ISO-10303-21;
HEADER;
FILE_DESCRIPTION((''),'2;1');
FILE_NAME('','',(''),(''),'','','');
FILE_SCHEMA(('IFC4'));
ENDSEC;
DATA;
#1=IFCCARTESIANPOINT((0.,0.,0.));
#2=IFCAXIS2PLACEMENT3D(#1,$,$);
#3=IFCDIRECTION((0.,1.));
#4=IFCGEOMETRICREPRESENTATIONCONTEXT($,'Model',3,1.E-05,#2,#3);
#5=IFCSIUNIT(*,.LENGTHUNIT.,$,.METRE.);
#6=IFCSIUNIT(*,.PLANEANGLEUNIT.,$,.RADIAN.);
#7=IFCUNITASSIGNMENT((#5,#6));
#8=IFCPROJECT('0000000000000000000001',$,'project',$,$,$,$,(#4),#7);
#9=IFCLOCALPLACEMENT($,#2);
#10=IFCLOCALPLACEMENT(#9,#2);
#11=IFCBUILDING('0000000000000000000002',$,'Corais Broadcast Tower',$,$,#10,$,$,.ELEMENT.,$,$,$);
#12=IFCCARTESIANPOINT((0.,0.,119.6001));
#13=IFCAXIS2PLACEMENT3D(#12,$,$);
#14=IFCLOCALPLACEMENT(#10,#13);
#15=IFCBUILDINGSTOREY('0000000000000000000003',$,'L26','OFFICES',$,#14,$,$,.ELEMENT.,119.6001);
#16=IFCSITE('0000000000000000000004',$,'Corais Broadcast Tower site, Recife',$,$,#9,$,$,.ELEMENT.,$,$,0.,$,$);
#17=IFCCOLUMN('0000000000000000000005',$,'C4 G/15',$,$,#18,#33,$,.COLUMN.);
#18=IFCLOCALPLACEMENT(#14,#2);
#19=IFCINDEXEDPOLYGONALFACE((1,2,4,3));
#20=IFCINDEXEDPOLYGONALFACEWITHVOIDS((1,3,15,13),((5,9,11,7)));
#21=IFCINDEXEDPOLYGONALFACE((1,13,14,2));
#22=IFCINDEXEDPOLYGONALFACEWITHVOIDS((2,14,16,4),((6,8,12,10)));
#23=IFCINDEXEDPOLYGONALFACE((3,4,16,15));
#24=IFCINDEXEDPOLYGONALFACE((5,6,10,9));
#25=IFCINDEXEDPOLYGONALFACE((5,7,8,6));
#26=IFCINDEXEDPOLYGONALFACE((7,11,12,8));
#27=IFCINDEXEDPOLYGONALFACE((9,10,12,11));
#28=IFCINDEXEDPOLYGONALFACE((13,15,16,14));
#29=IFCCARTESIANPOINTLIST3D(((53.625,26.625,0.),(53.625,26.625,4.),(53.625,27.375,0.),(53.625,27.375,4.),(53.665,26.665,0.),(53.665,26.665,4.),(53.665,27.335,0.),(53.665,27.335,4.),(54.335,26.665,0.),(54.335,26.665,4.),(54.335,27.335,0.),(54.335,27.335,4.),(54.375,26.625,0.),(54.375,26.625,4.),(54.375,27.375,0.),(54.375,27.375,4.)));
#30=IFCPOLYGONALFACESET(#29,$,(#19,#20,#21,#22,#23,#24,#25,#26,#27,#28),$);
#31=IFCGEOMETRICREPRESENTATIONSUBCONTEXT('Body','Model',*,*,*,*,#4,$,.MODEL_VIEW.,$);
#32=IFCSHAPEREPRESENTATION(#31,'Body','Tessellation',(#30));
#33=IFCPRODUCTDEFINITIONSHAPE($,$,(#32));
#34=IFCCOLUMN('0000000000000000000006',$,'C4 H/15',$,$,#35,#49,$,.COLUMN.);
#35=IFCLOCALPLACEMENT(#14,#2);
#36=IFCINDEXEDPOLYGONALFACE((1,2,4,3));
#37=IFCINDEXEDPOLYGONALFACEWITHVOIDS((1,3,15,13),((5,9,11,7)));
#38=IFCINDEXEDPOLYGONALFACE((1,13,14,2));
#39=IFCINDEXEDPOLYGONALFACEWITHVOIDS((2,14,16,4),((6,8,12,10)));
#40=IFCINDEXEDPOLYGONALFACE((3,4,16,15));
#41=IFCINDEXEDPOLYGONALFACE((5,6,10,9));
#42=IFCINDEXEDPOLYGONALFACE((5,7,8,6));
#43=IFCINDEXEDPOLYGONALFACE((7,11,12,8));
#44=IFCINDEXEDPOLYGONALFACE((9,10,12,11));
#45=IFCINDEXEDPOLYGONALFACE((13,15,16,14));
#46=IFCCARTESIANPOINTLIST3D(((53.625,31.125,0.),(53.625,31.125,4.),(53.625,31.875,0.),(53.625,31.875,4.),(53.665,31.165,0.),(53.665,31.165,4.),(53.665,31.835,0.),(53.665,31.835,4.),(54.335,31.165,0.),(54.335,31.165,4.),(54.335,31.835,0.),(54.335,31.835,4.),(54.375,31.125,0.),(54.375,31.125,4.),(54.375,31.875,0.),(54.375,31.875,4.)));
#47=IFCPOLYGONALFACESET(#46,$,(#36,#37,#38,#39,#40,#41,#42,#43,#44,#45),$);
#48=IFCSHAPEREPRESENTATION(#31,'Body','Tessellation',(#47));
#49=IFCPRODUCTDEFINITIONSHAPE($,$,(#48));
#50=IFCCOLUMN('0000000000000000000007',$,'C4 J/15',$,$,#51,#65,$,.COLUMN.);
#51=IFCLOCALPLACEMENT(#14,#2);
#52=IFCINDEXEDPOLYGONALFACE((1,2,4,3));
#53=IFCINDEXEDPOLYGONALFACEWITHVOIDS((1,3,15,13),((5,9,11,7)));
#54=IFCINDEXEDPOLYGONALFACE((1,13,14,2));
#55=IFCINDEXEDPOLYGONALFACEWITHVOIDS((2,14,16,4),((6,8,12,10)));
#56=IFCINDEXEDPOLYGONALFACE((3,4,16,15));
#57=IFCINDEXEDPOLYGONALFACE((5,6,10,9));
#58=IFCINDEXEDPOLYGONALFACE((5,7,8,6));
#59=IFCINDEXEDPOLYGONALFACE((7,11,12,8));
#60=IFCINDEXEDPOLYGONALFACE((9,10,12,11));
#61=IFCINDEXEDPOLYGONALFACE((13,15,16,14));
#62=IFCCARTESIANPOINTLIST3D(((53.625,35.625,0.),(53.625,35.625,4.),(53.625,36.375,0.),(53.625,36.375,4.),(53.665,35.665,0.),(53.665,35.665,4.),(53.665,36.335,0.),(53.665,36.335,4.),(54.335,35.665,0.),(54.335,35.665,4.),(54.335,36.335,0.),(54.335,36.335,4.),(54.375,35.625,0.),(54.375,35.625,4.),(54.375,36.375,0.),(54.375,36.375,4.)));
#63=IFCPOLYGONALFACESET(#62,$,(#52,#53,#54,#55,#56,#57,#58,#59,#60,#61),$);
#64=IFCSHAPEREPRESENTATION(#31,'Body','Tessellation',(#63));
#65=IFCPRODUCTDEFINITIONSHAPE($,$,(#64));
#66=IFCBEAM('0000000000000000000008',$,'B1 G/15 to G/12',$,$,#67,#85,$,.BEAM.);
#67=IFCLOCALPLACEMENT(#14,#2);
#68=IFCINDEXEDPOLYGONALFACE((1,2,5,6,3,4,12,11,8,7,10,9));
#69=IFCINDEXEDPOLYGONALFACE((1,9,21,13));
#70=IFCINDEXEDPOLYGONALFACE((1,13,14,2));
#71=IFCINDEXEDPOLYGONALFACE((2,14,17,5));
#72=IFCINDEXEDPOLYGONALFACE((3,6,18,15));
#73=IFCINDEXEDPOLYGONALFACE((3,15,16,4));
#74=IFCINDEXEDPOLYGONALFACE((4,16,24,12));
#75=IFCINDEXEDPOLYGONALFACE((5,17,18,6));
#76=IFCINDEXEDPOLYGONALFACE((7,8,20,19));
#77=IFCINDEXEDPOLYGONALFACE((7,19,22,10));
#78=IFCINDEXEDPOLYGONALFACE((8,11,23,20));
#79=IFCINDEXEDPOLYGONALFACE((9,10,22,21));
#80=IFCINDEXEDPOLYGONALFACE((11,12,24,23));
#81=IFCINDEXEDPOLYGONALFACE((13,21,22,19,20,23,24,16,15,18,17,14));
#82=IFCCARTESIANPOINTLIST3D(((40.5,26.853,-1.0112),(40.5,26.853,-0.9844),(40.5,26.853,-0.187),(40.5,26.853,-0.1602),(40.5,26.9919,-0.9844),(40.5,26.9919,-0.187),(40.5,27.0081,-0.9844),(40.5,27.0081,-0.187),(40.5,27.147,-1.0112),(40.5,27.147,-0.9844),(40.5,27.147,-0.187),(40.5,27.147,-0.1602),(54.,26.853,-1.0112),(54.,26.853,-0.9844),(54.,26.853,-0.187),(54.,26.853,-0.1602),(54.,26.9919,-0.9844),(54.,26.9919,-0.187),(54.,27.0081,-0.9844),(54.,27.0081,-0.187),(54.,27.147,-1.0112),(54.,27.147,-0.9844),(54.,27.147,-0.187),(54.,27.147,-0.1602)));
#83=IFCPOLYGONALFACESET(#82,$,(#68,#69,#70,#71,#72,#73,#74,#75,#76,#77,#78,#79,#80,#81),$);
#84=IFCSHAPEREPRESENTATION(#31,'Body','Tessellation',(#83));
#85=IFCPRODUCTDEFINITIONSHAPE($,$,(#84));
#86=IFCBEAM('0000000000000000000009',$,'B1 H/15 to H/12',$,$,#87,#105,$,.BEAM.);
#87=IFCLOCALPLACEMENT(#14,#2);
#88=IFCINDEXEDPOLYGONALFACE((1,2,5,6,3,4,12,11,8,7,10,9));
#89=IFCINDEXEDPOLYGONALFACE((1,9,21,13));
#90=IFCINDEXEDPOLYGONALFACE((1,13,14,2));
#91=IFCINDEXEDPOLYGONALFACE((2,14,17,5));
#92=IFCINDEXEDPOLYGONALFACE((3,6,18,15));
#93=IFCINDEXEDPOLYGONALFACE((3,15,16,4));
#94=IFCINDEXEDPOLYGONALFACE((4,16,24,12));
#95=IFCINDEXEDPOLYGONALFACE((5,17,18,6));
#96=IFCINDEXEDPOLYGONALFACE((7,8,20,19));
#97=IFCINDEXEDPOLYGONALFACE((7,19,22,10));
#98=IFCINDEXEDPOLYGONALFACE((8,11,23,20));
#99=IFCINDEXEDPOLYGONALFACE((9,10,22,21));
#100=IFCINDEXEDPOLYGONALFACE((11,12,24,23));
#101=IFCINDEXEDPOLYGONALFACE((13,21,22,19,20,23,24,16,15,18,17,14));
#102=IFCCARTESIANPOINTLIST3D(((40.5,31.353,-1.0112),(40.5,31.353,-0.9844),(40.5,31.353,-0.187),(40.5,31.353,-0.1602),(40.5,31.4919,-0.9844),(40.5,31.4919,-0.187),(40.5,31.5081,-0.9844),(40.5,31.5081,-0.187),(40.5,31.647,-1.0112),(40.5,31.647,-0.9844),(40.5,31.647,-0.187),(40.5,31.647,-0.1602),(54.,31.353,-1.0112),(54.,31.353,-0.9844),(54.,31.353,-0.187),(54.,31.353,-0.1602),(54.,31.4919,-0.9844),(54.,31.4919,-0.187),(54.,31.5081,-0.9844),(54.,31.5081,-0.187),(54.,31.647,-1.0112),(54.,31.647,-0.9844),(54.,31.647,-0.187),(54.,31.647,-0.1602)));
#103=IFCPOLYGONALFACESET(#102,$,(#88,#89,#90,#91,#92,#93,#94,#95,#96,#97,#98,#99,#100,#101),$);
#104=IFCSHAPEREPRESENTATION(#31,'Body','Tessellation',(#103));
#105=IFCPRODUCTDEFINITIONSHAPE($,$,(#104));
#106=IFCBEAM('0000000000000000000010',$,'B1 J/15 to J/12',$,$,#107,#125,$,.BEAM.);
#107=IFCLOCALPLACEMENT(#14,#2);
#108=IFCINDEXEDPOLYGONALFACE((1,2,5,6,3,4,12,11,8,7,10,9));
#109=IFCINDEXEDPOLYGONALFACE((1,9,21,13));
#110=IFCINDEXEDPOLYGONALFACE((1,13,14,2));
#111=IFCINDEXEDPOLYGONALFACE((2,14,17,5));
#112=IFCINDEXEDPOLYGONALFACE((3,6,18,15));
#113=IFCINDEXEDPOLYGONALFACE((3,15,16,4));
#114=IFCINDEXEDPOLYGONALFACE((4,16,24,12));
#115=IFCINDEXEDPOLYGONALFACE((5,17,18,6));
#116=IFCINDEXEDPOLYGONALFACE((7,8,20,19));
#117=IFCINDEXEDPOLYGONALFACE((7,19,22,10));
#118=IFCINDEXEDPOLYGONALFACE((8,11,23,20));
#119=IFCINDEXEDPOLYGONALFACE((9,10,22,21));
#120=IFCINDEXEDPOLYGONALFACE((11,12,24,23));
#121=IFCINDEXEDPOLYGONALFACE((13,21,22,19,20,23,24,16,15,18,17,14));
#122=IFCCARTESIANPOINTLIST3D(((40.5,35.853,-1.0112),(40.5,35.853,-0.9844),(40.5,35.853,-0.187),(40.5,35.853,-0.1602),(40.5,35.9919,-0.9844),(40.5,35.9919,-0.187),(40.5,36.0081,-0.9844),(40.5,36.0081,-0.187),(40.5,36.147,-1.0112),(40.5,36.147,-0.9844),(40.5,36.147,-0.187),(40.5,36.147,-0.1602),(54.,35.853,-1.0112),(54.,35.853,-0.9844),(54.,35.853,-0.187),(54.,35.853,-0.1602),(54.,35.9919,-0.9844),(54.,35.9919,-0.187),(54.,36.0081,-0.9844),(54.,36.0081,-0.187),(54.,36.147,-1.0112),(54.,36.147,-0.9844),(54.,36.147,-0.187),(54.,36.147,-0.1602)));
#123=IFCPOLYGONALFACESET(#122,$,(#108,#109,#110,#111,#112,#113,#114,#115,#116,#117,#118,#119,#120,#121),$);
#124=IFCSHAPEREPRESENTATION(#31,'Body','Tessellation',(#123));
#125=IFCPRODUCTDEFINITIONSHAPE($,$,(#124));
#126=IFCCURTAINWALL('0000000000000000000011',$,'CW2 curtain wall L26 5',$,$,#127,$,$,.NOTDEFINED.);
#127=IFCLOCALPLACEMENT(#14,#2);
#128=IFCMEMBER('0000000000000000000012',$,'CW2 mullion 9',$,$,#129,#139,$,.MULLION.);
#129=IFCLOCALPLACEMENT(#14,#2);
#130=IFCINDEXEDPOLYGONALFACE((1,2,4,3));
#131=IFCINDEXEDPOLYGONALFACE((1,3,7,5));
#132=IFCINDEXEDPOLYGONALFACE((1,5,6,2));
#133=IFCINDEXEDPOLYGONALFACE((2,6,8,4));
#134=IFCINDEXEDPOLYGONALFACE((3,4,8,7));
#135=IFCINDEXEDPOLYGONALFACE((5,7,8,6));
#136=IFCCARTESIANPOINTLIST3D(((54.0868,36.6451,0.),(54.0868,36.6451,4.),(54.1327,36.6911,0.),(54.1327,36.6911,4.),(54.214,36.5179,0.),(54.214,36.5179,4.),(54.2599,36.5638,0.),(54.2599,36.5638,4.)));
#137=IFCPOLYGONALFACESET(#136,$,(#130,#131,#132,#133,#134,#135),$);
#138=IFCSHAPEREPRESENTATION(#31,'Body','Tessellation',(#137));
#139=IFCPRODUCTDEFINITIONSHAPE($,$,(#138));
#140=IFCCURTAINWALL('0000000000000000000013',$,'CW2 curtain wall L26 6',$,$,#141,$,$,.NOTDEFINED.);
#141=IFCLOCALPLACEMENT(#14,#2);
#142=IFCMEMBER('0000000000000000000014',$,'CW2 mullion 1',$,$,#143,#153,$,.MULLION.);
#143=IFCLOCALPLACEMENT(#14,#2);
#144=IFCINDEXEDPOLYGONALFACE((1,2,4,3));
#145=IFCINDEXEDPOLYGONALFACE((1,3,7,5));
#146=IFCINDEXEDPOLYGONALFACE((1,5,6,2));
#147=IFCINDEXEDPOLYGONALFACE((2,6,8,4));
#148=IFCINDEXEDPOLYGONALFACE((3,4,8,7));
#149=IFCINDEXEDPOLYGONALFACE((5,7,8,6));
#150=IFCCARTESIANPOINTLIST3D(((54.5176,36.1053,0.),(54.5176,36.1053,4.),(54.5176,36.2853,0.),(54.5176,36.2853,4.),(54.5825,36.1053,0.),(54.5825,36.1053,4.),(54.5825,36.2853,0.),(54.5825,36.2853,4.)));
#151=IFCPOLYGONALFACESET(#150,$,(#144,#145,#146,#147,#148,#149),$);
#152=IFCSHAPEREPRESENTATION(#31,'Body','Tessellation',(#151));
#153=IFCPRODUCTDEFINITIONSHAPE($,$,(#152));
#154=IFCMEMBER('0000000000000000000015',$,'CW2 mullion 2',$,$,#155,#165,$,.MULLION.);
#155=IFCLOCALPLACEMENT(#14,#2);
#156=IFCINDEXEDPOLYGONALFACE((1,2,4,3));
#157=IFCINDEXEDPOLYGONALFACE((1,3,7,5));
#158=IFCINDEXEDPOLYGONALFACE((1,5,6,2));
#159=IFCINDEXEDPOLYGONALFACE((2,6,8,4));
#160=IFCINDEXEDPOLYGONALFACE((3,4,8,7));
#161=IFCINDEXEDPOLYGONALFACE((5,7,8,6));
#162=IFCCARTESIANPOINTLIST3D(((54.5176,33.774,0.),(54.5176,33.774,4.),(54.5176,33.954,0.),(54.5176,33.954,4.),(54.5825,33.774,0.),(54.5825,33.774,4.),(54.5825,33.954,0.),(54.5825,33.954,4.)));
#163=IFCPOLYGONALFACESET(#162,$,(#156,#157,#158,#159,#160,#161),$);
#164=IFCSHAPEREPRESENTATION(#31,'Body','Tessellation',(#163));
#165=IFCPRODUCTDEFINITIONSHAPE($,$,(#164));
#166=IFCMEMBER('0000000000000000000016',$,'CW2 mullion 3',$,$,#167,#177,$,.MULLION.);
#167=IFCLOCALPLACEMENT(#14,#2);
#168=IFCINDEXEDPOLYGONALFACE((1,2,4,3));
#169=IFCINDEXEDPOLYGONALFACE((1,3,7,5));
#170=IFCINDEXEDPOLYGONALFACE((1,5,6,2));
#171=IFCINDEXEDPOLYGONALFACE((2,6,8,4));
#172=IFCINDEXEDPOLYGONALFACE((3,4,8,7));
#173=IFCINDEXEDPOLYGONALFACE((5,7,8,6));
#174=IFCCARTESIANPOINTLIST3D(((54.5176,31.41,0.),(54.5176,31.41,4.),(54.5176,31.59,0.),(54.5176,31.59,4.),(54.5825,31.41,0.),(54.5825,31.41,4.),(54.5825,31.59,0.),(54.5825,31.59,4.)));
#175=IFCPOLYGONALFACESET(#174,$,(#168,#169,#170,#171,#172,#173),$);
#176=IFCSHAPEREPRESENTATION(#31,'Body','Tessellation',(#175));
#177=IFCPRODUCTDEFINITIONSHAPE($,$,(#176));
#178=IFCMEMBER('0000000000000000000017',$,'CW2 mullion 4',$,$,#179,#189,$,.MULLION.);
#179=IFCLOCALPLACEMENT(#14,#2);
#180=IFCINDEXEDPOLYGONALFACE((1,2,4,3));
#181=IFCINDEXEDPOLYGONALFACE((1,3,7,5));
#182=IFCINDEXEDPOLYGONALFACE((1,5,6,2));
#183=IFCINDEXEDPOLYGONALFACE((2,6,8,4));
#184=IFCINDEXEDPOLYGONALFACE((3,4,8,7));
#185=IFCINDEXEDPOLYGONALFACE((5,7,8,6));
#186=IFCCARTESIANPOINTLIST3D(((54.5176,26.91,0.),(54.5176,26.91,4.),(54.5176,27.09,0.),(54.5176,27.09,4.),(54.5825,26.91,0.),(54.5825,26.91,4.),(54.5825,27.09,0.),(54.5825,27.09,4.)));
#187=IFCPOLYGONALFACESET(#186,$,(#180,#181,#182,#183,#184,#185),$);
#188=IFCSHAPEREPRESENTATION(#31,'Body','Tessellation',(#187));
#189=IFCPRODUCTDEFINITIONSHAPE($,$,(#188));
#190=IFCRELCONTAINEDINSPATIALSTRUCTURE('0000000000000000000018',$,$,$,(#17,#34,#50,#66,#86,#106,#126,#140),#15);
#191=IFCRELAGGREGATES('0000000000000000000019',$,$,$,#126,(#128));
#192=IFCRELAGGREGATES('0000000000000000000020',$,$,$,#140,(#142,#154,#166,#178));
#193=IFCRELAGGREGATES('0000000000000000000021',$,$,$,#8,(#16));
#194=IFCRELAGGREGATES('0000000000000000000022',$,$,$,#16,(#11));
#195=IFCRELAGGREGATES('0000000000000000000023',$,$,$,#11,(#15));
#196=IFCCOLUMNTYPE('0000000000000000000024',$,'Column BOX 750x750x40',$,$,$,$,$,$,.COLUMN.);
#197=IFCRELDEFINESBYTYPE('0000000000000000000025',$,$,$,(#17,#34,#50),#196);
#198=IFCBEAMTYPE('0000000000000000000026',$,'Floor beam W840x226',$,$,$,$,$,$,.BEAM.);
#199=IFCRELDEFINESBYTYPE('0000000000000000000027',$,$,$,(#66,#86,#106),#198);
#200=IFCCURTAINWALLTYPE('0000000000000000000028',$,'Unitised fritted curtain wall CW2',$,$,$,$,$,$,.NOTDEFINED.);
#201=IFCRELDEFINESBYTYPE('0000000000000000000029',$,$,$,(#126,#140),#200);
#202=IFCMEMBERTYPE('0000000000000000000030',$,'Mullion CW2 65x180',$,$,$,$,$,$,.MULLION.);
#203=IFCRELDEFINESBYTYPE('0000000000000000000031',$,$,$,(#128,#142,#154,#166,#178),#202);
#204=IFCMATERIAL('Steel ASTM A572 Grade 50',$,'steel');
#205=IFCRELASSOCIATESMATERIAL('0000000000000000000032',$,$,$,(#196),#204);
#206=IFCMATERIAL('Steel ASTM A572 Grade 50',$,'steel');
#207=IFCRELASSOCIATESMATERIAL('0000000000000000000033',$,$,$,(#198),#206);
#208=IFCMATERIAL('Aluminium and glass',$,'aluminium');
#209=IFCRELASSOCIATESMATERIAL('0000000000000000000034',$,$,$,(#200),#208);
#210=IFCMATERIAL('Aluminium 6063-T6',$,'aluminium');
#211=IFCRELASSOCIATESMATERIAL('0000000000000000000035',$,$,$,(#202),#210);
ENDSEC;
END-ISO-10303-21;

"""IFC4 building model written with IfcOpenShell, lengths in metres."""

from ifc_helpers import new_model, si_unit, direction, frame, origin, origin_2d, place, context, subcontext, project, spatial, rectangle, hollow_rectangle, i_section, extrude, material, material_profile, profile_set, type_object, element, aggregate, save


model = new_model("IFC4")

# Units and contexts
model_context = context("Model", 3, precision=1e-05, world=origin(), true_north=direction((0.0, 1.0)))
body_context = subcontext(model_context, "Body", "Model", "MODEL_VIEW")
ifc_project = project(units=[si_unit("LENGTHUNIT", "METRE"), si_unit("PLANEANGLEUNIT", "RADIAN")], contexts=[model_context])

# Site, building, storey
site_placement = place(None, origin())
site = spatial("IfcSite", under=ifc_project, at=site_placement, Name="Corais Broadcast Tower site, Recife", CompositionType="ELEMENT", RefElevation=0.0)
building_placement = place(site_placement, origin())
building = spatial("IfcBuilding", under=site, at=building_placement, Name="Corais Broadcast Tower", CompositionType="ELEMENT")
storey_placement = place(building_placement, frame((0.0, 0.0, 119.6001)))
storey = spatial("IfcBuildingStorey", under=building, at=storey_placement, Name="L26", Description="OFFICES", CompositionType="ELEMENT", Elevation=119.6001)

# Columns
ifc_material_1 = material(Name="Steel ASTM A572 Grade 50", Category="steel")
ifc_material_profile_1 = material_profile(ifc_material_1, hollow_rectangle(XDim=0.75, YDim=0.75, WallThickness=0.04, at=origin_2d()), Name="BOX 750x750x40")
ifc_profile_set_1 = profile_set([ifc_material_profile_1], Name="Steel ASTM A572 Grade 50")
column_type = type_object("IfcColumnType", Name="Column BOX 750x750x40", PredefinedType="COLUMN", material=ifc_profile_set_1)
for number, where, z_axis, x_axis, name in (
    (1, (54.0, 27.0, 0.0), (0.0, 0.0, 1.0), (1.0, 0.0, 0.0), "C4 G/15"),
    (2, (54.0, 31.5, 0.0), (0.0, 0.0, 1.0), (1.0, 0.0, 0.0), "C4 H/15"),
    (3, (54.0, 36.0, 0.0), (0.0, 0.0, 1.0), (1.0, 0.0, 0.0), "C4 J/15"),
):
    element("IfcColumn", number, at=place(storey_placement, frame(where, z_axis=z_axis, x_axis=x_axis)), inside=storey, type_object=column_type, Name=name, PredefinedType="COLUMN", context=body_context, shape_type="SweptSolid", body=[
        extrude(hollow_rectangle(XDim=0.75, YDim=0.75, WallThickness=0.04, at=origin_2d()), origin(), (0.0, 0.0, 1.0), 4.0),
    ])

# Beams
ifc_material_2 = material(Name="Steel ASTM A572 Grade 50", Category="steel")
ifc_material_profile_2 = material_profile(ifc_material_2, i_section(OverallWidth=0.2939, OverallDepth=0.8511, WebThickness=0.0161, FlangeThickness=0.0269, at=origin_2d()), Name="W840x226")
ifc_profile_set_2 = profile_set([ifc_material_profile_2], Name="Steel ASTM A572 Grade 50")
beam_type_1 = type_object("IfcBeamType", Name="Floor beam W840x226", PredefinedType="BEAM", material=ifc_profile_set_2)
for number, where, z_axis, x_axis, name in (
    (4, (54.0, 27.0, -0.5857), (-1.0, 0.0, 0.0), (0.0, -1.0, 0.0), "B1 G/15 to G/12"),
    (5, (54.0, 31.5, -0.5857), (-1.0, 0.0, 0.0), (0.0, -1.0, 0.0), "B1 H/15 to H/12"),
    (6, (54.0, 36.0, -0.5857), (-1.0, 0.0, 0.0), (0.0, -1.0, 0.0), "B1 J/15 to J/12"),
):
    element("IfcBeam", number, at=place(storey_placement, frame(where, z_axis=z_axis, x_axis=x_axis)), inside=storey, type_object=beam_type_1, Name=name, PredefinedType="BEAM", context=body_context, shape_type="SweptSolid", body=[
        extrude(i_section(OverallWidth=0.2939, OverallDepth=0.8511, WebThickness=0.0161, FlangeThickness=0.0269, at=origin_2d()), origin(), (0.0, 0.0, 1.0), 13.5),
    ])

# Curtain wall, member
ifc_material_3 = material(Name="Aluminium and glass", Category="aluminium")
curtain_wall_type = type_object("IfcCurtainWallType", Name="Unitised fritted curtain wall CW2", PredefinedType="NOTDEFINED", material=ifc_material_3)
curtain_wall_1_placement = place(storey_placement, origin())
curtain_wall_1 = element("IfcCurtainWall", 7, at=curtain_wall_1_placement, inside=storey, type_object=curtain_wall_type, Name="CW2 curtain wall L26 5", PredefinedType="NOTDEFINED")
ifc_material_4 = material(Name="Aluminium 6063-T6", Category="aluminium")
ifc_material_profile_3 = material_profile(ifc_material_4, rectangle(XDim=0.0649, YDim=0.1799, at=origin_2d()), Name="Mullion CW2 65x180")
ifc_profile_set_3 = profile_set([ifc_material_profile_3], Name="Aluminium 6063-T6")
member_type_1 = type_object("IfcMemberType", Name="Mullion CW2 65x180", PredefinedType="MULLION", material=ifc_profile_set_3)
member_1_placement = place(storey_placement, frame((54.1733, 36.6045, 0.0), z_axis=(0.0, 0.0, 1.0), x_axis=(0.707107, 0.707107, 0.0)))
member_1 = element("IfcMember", 8, at=member_1_placement, type_object=member_type_1, Name="CW2 mullion 9", PredefinedType="MULLION", context=body_context, shape_type="SweptSolid", body=[
    extrude(rectangle(XDim=0.0649, YDim=0.1799, at=origin_2d()), origin(), (0.0, 0.0, 1.0), 4.0),
])
aggregate(curtain_wall_1, [member_1])

# Curtain wall, members
curtain_wall_2_placement = place(storey_placement, origin())
curtain_wall_2 = element("IfcCurtainWall", 9, at=curtain_wall_2_placement, inside=storey, type_object=curtain_wall_type, Name="CW2 curtain wall L26 6", PredefinedType="NOTDEFINED")
member_2_placement = place(storey_placement, frame((54.55, 36.1953, 0.0), z_axis=(0.0, 0.0, 1.0), x_axis=(1.0, 0.0, 0.0)))
member_2 = element("IfcMember", 10, at=member_2_placement, type_object=member_type_1, Name="CW2 mullion 1", PredefinedType="MULLION", context=body_context, shape_type="SweptSolid", body=[
    extrude(rectangle(XDim=0.0649, YDim=0.1799, at=origin_2d()), origin(), (0.0, 0.0, 1.0), 4.0),
])
member_3_placement = place(storey_placement, frame((54.55, 33.864, 0.0), z_axis=(0.0, 0.0, 1.0), x_axis=(1.0, 0.0, 0.0)))
member_3 = element("IfcMember", 11, at=member_3_placement, type_object=member_type_1, Name="CW2 mullion 2", PredefinedType="MULLION", context=body_context, shape_type="SweptSolid", body=[
    extrude(rectangle(XDim=0.0649, YDim=0.1799, at=origin_2d()), origin(), (0.0, 0.0, 1.0), 4.0),
])
member_4_placement = place(storey_placement, frame((54.55, 31.5, 0.0), z_axis=(0.0, 0.0, 1.0), x_axis=(1.0, 0.0, 0.0)))
member_4 = element("IfcMember", 12, at=member_4_placement, type_object=member_type_1, Name="CW2 mullion 3", PredefinedType="MULLION", context=body_context, shape_type="SweptSolid", body=[
    extrude(rectangle(XDim=0.0649, YDim=0.1799, at=origin_2d()), origin(), (0.0, 0.0, 1.0), 4.0),
])
member_5_placement = place(storey_placement, frame((54.55, 27.0, 0.0), z_axis=(0.0, 0.0, 1.0), x_axis=(1.0, 0.0, 0.0)))
member_5 = element("IfcMember", 13, at=member_5_placement, type_object=member_type_1, Name="CW2 mullion 4", PredefinedType="MULLION", context=body_context, shape_type="SweptSolid", body=[
    extrude(rectangle(XDim=0.0649, YDim=0.1799, at=origin_2d()), origin(), (0.0, 0.0, 1.0), 4.0),
])

aggregate(curtain_wall_2, [member_2, member_3, member_4, member_5])

save(model, "model.ifc")
